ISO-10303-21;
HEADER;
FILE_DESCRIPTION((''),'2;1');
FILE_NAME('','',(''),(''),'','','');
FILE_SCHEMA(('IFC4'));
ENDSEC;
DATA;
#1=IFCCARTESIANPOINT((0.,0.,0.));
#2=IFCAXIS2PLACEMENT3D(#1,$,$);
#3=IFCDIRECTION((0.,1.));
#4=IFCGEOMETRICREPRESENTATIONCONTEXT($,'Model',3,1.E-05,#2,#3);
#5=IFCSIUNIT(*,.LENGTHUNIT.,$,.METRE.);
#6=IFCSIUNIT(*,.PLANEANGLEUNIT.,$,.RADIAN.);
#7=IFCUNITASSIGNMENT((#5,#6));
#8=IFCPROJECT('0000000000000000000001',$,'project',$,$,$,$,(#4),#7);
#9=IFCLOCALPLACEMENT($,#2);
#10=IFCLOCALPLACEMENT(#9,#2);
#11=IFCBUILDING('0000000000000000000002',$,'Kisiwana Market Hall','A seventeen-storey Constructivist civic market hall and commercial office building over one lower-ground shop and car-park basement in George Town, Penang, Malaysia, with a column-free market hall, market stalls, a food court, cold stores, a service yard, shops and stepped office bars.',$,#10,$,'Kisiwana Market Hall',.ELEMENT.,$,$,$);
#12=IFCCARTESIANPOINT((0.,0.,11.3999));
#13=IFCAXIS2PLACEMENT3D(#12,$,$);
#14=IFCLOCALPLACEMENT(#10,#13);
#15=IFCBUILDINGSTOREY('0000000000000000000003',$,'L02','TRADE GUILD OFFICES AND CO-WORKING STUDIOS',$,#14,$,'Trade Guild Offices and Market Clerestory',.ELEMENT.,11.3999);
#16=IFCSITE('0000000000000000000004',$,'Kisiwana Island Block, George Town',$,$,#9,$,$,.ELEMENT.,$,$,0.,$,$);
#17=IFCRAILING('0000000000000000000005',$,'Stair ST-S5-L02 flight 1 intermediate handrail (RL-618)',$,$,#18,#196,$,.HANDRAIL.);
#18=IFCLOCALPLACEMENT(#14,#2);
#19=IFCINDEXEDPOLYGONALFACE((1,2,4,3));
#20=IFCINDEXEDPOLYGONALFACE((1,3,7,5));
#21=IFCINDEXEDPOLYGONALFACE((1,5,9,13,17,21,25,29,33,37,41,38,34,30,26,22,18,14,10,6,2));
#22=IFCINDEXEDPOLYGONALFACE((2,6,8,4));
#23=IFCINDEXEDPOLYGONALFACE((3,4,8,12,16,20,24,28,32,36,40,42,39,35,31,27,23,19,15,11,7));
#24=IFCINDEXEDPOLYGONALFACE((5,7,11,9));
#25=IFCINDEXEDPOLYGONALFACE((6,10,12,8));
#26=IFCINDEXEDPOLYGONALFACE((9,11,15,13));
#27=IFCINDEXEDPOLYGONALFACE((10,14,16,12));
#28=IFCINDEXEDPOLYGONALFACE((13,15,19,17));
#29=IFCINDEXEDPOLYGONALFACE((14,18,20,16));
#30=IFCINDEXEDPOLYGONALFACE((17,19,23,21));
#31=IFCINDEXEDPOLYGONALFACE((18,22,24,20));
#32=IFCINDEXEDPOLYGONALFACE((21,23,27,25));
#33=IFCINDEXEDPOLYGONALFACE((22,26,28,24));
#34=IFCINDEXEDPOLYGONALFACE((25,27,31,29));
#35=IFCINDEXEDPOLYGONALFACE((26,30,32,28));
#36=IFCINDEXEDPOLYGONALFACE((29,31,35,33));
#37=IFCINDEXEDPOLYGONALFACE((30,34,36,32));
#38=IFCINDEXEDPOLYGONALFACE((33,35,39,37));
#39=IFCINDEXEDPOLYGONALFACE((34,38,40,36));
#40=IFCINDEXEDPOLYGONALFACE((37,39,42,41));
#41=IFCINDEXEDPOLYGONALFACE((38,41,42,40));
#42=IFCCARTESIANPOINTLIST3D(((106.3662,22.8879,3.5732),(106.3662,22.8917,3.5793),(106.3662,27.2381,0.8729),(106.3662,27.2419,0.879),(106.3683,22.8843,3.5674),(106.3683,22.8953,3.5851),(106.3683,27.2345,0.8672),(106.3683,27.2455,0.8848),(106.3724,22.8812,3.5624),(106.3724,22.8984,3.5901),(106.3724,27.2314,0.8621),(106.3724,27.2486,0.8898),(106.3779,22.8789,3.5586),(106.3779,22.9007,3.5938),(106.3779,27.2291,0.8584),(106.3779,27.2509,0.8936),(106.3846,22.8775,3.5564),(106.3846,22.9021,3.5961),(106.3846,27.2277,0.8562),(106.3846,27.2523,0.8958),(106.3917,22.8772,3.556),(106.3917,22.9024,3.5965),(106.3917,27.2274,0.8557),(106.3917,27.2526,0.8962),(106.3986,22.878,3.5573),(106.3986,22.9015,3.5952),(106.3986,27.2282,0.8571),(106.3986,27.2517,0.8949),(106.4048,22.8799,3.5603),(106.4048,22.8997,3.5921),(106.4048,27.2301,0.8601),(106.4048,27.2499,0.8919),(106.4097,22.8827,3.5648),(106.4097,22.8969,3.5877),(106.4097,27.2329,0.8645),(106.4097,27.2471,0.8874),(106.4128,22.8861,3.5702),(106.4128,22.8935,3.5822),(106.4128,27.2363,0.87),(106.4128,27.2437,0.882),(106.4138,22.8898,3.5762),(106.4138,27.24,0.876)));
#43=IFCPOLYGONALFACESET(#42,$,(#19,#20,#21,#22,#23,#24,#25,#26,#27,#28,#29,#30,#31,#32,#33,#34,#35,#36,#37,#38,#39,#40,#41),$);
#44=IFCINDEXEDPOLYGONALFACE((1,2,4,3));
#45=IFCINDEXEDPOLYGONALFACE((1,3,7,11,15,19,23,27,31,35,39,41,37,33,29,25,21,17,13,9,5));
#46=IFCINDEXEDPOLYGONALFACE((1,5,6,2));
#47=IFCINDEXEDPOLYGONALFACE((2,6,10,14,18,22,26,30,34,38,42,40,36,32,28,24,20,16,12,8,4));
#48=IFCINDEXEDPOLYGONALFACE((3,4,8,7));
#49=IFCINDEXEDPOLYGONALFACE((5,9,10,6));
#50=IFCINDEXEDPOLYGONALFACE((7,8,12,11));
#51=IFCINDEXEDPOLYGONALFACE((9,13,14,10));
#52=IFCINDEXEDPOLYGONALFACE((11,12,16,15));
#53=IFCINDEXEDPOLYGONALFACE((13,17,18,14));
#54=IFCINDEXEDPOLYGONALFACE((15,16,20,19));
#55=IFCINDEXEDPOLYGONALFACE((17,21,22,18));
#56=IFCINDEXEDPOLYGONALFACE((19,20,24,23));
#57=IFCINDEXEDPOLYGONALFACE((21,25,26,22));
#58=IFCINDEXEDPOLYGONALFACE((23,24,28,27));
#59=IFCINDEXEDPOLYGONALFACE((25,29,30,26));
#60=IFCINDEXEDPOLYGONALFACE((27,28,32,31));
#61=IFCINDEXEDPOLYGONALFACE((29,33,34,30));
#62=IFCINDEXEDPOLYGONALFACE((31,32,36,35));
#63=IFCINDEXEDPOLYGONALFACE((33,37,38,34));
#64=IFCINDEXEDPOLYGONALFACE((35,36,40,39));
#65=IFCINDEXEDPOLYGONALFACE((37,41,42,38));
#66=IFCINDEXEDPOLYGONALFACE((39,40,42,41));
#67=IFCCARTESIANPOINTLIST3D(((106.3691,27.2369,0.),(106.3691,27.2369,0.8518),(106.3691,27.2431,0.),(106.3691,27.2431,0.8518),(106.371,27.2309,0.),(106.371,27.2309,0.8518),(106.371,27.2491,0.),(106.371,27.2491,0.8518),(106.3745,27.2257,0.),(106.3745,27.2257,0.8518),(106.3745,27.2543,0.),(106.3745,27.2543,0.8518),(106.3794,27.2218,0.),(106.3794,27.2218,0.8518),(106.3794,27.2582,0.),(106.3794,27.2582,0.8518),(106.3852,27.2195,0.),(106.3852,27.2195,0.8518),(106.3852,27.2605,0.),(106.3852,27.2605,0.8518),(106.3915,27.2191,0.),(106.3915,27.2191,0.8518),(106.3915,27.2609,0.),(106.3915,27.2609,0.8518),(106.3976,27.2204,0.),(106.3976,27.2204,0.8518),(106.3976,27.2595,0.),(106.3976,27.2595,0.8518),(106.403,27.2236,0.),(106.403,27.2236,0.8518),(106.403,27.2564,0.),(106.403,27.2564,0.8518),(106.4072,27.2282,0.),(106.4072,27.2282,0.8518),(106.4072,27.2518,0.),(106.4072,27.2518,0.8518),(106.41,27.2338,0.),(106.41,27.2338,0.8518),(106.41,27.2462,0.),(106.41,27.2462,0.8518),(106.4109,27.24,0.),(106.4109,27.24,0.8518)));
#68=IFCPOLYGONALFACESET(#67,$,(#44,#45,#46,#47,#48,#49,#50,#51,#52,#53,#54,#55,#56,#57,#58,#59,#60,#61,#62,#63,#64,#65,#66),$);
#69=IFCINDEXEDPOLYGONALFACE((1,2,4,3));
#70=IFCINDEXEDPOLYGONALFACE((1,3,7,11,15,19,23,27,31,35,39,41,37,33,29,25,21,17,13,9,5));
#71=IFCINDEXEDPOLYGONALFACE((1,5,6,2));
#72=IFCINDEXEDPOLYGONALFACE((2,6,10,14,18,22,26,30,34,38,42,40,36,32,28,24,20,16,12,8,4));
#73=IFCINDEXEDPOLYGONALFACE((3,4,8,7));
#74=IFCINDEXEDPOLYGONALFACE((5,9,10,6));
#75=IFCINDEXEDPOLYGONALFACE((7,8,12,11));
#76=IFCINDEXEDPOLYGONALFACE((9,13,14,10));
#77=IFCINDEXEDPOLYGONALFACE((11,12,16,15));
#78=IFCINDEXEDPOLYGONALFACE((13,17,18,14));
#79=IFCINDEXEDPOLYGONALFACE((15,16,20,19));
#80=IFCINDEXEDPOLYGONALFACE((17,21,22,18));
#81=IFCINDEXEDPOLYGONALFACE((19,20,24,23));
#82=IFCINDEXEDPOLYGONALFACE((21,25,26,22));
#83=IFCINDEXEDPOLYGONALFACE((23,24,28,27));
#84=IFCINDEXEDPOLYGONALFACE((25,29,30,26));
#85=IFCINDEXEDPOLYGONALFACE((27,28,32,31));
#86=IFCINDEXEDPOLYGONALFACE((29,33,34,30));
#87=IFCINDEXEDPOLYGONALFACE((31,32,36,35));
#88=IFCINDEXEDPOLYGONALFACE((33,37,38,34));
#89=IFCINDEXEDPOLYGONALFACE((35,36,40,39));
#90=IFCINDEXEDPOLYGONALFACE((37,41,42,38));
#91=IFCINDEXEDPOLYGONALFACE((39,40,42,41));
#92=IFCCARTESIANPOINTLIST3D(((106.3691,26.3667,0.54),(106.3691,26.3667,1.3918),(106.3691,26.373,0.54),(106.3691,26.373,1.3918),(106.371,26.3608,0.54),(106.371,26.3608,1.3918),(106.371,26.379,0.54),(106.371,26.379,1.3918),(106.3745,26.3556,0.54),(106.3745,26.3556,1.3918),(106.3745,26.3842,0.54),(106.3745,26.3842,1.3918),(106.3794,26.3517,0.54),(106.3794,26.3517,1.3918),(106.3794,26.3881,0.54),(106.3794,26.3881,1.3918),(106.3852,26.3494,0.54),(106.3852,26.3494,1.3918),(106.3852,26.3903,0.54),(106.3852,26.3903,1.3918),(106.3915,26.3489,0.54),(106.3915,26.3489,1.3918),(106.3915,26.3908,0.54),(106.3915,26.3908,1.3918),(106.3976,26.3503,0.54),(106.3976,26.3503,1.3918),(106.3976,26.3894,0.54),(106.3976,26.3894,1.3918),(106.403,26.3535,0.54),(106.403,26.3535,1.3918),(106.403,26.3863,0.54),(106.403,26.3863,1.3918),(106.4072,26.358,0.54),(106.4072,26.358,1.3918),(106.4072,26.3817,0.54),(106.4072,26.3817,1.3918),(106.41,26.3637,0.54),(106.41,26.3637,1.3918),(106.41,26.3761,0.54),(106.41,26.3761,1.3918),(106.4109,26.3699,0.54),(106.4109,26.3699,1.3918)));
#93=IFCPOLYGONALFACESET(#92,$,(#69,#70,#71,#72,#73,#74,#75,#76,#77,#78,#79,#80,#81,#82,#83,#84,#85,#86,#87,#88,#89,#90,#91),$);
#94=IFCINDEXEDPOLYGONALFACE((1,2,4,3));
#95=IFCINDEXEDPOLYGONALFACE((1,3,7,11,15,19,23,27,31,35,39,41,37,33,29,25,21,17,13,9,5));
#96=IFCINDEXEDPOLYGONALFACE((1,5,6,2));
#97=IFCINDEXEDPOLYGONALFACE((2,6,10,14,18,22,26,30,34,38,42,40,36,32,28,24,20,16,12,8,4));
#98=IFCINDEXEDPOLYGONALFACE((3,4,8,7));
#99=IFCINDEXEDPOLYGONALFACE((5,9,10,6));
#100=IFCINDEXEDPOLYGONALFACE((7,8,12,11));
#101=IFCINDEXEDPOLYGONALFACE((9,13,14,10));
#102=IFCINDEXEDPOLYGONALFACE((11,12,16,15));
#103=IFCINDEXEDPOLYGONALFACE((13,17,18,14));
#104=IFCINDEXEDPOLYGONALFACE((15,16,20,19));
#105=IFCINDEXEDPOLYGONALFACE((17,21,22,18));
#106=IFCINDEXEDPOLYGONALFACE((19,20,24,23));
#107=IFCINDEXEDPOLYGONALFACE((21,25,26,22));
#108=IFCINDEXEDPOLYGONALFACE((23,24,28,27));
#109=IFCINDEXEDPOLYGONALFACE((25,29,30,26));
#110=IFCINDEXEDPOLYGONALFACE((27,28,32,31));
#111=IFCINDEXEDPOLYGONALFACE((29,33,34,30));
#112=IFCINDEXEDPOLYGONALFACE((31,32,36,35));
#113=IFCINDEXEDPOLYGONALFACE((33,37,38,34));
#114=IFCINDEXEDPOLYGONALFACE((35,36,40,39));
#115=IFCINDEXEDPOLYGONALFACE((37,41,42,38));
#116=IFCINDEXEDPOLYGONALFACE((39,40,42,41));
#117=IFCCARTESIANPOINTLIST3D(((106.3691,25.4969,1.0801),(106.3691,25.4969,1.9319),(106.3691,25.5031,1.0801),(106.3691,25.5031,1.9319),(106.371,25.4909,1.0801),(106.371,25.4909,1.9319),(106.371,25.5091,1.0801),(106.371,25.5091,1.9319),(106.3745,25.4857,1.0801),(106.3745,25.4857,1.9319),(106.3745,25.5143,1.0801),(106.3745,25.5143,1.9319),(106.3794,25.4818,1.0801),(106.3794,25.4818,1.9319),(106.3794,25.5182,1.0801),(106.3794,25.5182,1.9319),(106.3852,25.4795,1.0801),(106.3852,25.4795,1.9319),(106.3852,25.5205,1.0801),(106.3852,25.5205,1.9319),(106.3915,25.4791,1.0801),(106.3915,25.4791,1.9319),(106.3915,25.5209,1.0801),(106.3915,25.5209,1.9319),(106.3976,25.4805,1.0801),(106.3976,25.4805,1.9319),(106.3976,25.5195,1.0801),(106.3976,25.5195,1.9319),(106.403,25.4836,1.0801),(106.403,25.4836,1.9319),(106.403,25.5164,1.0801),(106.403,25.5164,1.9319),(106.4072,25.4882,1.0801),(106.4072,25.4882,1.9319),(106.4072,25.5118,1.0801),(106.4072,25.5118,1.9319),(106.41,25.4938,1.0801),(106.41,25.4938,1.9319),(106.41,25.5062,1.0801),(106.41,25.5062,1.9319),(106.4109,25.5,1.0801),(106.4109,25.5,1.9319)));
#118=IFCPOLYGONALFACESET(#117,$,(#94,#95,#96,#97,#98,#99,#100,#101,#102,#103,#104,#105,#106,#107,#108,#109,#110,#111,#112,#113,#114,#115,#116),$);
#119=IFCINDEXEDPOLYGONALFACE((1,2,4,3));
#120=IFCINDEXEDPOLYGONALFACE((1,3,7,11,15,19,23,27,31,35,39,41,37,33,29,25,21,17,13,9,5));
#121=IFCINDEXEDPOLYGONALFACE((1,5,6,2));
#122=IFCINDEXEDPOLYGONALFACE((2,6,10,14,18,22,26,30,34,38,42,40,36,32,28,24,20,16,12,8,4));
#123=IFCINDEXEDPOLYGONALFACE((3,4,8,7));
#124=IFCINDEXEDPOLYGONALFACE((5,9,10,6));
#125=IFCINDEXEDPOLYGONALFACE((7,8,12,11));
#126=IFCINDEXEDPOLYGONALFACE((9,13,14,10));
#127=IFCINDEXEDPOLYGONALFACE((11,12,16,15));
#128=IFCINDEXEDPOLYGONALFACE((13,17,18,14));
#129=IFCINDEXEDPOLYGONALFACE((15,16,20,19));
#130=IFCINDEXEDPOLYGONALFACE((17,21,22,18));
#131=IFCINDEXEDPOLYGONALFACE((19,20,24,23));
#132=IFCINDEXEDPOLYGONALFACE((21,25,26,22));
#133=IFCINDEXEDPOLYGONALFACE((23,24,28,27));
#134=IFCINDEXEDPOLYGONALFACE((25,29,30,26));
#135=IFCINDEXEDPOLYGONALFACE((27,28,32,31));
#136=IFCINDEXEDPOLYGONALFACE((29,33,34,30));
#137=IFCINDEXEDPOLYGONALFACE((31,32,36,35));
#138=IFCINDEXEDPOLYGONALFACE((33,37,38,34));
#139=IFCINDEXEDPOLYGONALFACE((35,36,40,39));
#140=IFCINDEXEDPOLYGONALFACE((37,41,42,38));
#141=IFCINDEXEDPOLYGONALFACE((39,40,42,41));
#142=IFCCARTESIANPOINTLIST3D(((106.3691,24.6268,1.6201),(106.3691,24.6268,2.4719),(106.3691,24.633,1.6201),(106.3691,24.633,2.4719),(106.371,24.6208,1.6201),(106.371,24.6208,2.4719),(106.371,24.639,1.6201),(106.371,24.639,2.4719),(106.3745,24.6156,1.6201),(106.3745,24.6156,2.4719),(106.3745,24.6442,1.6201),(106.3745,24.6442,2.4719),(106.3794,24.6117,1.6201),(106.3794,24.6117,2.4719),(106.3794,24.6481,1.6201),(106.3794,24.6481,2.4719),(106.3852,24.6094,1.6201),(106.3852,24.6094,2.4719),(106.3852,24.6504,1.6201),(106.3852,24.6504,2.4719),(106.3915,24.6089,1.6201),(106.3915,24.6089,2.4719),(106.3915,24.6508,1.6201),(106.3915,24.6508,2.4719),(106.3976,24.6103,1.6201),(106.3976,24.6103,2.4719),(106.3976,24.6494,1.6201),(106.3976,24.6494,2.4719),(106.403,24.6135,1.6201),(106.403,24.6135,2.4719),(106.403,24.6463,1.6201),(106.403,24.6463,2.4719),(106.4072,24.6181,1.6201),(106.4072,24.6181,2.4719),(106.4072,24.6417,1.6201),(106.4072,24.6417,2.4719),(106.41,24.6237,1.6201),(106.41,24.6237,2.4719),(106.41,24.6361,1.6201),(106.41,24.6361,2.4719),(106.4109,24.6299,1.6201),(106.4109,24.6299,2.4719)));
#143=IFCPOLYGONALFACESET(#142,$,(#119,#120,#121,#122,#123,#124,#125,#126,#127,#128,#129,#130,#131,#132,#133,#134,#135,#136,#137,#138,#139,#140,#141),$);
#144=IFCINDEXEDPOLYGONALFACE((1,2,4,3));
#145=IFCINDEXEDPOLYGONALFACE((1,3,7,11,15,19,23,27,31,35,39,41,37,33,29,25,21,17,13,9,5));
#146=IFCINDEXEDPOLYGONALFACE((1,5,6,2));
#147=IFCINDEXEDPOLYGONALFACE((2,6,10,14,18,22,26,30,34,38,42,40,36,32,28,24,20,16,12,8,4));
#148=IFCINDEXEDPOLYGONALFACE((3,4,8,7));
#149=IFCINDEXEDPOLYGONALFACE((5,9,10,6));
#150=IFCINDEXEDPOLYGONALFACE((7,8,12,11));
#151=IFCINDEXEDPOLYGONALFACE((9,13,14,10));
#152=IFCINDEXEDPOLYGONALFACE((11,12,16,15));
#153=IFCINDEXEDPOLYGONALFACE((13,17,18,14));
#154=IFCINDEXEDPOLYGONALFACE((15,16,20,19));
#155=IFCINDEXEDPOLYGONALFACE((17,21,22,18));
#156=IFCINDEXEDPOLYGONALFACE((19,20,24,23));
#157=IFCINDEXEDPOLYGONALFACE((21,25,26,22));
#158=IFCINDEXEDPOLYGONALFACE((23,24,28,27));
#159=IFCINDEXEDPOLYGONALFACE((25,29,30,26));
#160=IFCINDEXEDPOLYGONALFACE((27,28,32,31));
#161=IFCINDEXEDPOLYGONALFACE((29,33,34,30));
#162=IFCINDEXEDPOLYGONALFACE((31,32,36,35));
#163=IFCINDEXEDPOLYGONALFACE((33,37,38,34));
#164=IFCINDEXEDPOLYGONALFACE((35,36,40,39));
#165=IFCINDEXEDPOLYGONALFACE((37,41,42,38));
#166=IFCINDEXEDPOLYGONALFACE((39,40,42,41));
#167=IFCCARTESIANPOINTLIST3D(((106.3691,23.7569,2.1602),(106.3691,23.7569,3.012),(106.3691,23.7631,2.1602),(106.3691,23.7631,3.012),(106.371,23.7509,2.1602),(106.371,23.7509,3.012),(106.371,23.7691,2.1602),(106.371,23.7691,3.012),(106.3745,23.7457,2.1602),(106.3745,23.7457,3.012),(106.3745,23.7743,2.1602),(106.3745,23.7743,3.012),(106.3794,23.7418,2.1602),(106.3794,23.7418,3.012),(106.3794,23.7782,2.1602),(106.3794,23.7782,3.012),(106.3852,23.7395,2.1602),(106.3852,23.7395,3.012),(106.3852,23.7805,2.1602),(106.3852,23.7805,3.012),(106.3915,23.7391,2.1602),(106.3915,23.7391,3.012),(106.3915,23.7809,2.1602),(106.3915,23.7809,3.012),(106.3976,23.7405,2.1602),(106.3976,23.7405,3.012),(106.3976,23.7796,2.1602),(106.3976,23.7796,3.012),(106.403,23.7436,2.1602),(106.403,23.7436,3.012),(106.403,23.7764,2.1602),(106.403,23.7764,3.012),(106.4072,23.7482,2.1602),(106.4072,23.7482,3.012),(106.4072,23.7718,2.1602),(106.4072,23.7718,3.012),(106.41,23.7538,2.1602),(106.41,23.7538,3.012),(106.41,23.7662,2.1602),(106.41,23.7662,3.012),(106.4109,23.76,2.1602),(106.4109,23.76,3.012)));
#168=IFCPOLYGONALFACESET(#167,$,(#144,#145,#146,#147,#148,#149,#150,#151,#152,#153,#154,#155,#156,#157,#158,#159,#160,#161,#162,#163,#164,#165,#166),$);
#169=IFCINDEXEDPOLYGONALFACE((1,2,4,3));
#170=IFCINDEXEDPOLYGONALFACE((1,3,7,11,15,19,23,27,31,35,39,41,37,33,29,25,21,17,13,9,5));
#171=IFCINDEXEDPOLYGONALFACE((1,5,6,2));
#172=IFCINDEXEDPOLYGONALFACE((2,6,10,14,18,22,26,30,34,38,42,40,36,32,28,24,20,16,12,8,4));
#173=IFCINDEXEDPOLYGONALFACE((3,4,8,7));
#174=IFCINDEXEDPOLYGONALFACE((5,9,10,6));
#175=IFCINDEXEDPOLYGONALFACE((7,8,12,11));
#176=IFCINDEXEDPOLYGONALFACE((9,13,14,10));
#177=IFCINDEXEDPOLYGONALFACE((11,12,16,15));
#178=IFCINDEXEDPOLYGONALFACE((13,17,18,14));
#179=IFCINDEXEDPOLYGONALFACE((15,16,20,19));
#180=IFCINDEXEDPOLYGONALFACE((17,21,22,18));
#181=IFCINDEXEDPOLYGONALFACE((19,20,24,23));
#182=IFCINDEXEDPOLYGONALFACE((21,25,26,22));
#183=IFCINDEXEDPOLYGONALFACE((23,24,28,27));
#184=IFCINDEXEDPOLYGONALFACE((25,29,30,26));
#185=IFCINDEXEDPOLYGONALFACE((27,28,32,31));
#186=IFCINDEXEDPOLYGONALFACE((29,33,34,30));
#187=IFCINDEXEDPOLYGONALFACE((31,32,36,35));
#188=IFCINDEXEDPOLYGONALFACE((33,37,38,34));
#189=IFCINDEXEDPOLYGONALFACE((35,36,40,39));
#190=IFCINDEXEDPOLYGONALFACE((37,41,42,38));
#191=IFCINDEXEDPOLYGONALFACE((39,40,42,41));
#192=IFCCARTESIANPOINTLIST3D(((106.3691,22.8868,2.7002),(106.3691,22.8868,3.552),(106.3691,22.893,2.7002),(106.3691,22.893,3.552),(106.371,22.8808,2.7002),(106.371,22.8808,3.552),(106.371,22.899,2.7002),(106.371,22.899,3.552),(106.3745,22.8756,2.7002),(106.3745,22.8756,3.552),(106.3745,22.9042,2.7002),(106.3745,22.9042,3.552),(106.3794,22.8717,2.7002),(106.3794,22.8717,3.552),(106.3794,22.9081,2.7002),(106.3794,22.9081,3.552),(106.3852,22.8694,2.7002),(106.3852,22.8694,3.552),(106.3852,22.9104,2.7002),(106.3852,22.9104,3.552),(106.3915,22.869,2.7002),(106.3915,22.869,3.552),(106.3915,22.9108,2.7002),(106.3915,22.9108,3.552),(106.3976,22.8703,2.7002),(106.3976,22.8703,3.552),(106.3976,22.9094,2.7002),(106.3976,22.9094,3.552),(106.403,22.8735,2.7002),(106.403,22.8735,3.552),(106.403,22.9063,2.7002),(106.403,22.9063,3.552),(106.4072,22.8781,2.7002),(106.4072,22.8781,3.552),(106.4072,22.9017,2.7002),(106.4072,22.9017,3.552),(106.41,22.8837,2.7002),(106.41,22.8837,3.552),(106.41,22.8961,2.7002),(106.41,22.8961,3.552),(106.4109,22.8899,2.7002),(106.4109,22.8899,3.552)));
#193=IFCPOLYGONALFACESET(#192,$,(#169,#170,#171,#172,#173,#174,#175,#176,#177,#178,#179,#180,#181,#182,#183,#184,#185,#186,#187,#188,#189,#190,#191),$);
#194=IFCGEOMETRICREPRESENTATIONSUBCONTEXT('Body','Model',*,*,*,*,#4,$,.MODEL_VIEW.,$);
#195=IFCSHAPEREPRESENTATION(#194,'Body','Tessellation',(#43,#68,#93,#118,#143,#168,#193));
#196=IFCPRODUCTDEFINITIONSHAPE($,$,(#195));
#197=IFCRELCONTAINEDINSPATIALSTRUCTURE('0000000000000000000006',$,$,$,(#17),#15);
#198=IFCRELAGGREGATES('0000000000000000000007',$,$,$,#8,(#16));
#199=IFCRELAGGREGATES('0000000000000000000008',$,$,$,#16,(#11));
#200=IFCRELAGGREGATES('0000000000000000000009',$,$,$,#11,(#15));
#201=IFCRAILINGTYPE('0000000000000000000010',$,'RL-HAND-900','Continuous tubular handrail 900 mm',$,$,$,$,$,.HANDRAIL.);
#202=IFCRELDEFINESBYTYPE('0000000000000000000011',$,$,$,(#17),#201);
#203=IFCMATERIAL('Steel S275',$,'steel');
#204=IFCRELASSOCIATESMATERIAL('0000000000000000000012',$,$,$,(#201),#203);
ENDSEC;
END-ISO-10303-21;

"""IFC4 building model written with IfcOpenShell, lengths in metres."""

from ifc_helpers import new_model, si_unit, direction, frame, origin, origin_2d, place, context, subcontext, project, spatial, circle, extrude, material, type_object, element, save


model = new_model("IFC4")

# Units and contexts
model_context = context("Model", 3, precision=1e-05, world=origin(), true_north=direction((0.0, 1.0)))
body_context = subcontext(model_context, "Body", "Model", "MODEL_VIEW")
ifc_project = project(units=[si_unit("LENGTHUNIT", "METRE"), si_unit("PLANEANGLEUNIT", "RADIAN")], contexts=[model_context])

# Site, building, storey
site_placement = place(None, origin())
site = spatial("IfcSite", under=ifc_project, at=site_placement, Name="Kisiwana Island Block, George Town", CompositionType="ELEMENT", RefElevation=0.0)
building_placement = place(site_placement, origin())
building = spatial("IfcBuilding", under=site, at=building_placement, Name="Kisiwana Market Hall", Description="A seventeen-storey Constructivist civic market hall and commercial office building over one lower-ground shop and car-park basement in George Town, Penang, Malaysia, with a column-free market hall, market stalls, a food court, cold stores, a service yard, shops and stepped office bars.", LongName="Kisiwana Market Hall", CompositionType="ELEMENT")
storey_placement = place(building_placement, frame((0.0, 0.0, 11.3999)))
storey = spatial("IfcBuildingStorey", under=building, at=storey_placement, Name="L02", Description="TRADE GUILD OFFICES AND CO-WORKING STUDIOS", LongName="Trade Guild Offices and Market Clerestory", CompositionType="ELEMENT", Elevation=11.3999)

# Railing
ifc_material_1 = material(Name="Steel S275", Category="steel")
railing_type = type_object("IfcRailingType", Name="RL-HAND-900", Description="Continuous tubular handrail 900 mm", PredefinedType="HANDRAIL", material=ifc_material_1)
for number, where, name in (
    (1, (106.3899, 27.24, 0.0), "Stair ST-S5-L02 flight 1 intermediate handrail (RL-618)"),
):
    element("IfcRailing", number, at=place(storey_placement, frame(where)), inside=storey, type_object=railing_type, Name=name, PredefinedType="HANDRAIL", context=body_context, shape_type="SweptSolid", body=[
        extrude(circle(Radius=0.0239, at=origin_2d()), frame((0.0, 0.0, 0.876), z_axis=(0.0, -0.849628, 0.527382), x_axis=(1.0, 0.0, 0.0)), (0.0, 0.0, 1.0), 5.1201),
        extrude(circle(Radius=0.021, at=origin_2d()), origin(), (0.0, 0.0, 1.0), 0.8518),
        extrude(circle(Radius=0.021, at=origin_2d()), frame((0.0, -0.8701, 0.54)), (0.0, 0.0, 1.0), 0.8518),
        extrude(circle(Radius=0.021, at=origin_2d()), frame((0.0, -1.74, 1.0801)), (0.0, 0.0, 1.0), 0.8518),
        extrude(circle(Radius=0.021, at=origin_2d()), frame((0.0, -2.6101, 1.6201)), (0.0, 0.0, 1.0), 0.8518),
        extrude(circle(Radius=0.021, at=origin_2d()), frame((0.0, -3.48, 2.1602)), (0.0, 0.0, 1.0), 0.8518),
        extrude(circle(Radius=0.021, at=origin_2d()), frame((0.0, -4.3501, 2.7002)), (0.0, 0.0, 1.0), 0.8518),
    ])

save(model, "model.ifc")
